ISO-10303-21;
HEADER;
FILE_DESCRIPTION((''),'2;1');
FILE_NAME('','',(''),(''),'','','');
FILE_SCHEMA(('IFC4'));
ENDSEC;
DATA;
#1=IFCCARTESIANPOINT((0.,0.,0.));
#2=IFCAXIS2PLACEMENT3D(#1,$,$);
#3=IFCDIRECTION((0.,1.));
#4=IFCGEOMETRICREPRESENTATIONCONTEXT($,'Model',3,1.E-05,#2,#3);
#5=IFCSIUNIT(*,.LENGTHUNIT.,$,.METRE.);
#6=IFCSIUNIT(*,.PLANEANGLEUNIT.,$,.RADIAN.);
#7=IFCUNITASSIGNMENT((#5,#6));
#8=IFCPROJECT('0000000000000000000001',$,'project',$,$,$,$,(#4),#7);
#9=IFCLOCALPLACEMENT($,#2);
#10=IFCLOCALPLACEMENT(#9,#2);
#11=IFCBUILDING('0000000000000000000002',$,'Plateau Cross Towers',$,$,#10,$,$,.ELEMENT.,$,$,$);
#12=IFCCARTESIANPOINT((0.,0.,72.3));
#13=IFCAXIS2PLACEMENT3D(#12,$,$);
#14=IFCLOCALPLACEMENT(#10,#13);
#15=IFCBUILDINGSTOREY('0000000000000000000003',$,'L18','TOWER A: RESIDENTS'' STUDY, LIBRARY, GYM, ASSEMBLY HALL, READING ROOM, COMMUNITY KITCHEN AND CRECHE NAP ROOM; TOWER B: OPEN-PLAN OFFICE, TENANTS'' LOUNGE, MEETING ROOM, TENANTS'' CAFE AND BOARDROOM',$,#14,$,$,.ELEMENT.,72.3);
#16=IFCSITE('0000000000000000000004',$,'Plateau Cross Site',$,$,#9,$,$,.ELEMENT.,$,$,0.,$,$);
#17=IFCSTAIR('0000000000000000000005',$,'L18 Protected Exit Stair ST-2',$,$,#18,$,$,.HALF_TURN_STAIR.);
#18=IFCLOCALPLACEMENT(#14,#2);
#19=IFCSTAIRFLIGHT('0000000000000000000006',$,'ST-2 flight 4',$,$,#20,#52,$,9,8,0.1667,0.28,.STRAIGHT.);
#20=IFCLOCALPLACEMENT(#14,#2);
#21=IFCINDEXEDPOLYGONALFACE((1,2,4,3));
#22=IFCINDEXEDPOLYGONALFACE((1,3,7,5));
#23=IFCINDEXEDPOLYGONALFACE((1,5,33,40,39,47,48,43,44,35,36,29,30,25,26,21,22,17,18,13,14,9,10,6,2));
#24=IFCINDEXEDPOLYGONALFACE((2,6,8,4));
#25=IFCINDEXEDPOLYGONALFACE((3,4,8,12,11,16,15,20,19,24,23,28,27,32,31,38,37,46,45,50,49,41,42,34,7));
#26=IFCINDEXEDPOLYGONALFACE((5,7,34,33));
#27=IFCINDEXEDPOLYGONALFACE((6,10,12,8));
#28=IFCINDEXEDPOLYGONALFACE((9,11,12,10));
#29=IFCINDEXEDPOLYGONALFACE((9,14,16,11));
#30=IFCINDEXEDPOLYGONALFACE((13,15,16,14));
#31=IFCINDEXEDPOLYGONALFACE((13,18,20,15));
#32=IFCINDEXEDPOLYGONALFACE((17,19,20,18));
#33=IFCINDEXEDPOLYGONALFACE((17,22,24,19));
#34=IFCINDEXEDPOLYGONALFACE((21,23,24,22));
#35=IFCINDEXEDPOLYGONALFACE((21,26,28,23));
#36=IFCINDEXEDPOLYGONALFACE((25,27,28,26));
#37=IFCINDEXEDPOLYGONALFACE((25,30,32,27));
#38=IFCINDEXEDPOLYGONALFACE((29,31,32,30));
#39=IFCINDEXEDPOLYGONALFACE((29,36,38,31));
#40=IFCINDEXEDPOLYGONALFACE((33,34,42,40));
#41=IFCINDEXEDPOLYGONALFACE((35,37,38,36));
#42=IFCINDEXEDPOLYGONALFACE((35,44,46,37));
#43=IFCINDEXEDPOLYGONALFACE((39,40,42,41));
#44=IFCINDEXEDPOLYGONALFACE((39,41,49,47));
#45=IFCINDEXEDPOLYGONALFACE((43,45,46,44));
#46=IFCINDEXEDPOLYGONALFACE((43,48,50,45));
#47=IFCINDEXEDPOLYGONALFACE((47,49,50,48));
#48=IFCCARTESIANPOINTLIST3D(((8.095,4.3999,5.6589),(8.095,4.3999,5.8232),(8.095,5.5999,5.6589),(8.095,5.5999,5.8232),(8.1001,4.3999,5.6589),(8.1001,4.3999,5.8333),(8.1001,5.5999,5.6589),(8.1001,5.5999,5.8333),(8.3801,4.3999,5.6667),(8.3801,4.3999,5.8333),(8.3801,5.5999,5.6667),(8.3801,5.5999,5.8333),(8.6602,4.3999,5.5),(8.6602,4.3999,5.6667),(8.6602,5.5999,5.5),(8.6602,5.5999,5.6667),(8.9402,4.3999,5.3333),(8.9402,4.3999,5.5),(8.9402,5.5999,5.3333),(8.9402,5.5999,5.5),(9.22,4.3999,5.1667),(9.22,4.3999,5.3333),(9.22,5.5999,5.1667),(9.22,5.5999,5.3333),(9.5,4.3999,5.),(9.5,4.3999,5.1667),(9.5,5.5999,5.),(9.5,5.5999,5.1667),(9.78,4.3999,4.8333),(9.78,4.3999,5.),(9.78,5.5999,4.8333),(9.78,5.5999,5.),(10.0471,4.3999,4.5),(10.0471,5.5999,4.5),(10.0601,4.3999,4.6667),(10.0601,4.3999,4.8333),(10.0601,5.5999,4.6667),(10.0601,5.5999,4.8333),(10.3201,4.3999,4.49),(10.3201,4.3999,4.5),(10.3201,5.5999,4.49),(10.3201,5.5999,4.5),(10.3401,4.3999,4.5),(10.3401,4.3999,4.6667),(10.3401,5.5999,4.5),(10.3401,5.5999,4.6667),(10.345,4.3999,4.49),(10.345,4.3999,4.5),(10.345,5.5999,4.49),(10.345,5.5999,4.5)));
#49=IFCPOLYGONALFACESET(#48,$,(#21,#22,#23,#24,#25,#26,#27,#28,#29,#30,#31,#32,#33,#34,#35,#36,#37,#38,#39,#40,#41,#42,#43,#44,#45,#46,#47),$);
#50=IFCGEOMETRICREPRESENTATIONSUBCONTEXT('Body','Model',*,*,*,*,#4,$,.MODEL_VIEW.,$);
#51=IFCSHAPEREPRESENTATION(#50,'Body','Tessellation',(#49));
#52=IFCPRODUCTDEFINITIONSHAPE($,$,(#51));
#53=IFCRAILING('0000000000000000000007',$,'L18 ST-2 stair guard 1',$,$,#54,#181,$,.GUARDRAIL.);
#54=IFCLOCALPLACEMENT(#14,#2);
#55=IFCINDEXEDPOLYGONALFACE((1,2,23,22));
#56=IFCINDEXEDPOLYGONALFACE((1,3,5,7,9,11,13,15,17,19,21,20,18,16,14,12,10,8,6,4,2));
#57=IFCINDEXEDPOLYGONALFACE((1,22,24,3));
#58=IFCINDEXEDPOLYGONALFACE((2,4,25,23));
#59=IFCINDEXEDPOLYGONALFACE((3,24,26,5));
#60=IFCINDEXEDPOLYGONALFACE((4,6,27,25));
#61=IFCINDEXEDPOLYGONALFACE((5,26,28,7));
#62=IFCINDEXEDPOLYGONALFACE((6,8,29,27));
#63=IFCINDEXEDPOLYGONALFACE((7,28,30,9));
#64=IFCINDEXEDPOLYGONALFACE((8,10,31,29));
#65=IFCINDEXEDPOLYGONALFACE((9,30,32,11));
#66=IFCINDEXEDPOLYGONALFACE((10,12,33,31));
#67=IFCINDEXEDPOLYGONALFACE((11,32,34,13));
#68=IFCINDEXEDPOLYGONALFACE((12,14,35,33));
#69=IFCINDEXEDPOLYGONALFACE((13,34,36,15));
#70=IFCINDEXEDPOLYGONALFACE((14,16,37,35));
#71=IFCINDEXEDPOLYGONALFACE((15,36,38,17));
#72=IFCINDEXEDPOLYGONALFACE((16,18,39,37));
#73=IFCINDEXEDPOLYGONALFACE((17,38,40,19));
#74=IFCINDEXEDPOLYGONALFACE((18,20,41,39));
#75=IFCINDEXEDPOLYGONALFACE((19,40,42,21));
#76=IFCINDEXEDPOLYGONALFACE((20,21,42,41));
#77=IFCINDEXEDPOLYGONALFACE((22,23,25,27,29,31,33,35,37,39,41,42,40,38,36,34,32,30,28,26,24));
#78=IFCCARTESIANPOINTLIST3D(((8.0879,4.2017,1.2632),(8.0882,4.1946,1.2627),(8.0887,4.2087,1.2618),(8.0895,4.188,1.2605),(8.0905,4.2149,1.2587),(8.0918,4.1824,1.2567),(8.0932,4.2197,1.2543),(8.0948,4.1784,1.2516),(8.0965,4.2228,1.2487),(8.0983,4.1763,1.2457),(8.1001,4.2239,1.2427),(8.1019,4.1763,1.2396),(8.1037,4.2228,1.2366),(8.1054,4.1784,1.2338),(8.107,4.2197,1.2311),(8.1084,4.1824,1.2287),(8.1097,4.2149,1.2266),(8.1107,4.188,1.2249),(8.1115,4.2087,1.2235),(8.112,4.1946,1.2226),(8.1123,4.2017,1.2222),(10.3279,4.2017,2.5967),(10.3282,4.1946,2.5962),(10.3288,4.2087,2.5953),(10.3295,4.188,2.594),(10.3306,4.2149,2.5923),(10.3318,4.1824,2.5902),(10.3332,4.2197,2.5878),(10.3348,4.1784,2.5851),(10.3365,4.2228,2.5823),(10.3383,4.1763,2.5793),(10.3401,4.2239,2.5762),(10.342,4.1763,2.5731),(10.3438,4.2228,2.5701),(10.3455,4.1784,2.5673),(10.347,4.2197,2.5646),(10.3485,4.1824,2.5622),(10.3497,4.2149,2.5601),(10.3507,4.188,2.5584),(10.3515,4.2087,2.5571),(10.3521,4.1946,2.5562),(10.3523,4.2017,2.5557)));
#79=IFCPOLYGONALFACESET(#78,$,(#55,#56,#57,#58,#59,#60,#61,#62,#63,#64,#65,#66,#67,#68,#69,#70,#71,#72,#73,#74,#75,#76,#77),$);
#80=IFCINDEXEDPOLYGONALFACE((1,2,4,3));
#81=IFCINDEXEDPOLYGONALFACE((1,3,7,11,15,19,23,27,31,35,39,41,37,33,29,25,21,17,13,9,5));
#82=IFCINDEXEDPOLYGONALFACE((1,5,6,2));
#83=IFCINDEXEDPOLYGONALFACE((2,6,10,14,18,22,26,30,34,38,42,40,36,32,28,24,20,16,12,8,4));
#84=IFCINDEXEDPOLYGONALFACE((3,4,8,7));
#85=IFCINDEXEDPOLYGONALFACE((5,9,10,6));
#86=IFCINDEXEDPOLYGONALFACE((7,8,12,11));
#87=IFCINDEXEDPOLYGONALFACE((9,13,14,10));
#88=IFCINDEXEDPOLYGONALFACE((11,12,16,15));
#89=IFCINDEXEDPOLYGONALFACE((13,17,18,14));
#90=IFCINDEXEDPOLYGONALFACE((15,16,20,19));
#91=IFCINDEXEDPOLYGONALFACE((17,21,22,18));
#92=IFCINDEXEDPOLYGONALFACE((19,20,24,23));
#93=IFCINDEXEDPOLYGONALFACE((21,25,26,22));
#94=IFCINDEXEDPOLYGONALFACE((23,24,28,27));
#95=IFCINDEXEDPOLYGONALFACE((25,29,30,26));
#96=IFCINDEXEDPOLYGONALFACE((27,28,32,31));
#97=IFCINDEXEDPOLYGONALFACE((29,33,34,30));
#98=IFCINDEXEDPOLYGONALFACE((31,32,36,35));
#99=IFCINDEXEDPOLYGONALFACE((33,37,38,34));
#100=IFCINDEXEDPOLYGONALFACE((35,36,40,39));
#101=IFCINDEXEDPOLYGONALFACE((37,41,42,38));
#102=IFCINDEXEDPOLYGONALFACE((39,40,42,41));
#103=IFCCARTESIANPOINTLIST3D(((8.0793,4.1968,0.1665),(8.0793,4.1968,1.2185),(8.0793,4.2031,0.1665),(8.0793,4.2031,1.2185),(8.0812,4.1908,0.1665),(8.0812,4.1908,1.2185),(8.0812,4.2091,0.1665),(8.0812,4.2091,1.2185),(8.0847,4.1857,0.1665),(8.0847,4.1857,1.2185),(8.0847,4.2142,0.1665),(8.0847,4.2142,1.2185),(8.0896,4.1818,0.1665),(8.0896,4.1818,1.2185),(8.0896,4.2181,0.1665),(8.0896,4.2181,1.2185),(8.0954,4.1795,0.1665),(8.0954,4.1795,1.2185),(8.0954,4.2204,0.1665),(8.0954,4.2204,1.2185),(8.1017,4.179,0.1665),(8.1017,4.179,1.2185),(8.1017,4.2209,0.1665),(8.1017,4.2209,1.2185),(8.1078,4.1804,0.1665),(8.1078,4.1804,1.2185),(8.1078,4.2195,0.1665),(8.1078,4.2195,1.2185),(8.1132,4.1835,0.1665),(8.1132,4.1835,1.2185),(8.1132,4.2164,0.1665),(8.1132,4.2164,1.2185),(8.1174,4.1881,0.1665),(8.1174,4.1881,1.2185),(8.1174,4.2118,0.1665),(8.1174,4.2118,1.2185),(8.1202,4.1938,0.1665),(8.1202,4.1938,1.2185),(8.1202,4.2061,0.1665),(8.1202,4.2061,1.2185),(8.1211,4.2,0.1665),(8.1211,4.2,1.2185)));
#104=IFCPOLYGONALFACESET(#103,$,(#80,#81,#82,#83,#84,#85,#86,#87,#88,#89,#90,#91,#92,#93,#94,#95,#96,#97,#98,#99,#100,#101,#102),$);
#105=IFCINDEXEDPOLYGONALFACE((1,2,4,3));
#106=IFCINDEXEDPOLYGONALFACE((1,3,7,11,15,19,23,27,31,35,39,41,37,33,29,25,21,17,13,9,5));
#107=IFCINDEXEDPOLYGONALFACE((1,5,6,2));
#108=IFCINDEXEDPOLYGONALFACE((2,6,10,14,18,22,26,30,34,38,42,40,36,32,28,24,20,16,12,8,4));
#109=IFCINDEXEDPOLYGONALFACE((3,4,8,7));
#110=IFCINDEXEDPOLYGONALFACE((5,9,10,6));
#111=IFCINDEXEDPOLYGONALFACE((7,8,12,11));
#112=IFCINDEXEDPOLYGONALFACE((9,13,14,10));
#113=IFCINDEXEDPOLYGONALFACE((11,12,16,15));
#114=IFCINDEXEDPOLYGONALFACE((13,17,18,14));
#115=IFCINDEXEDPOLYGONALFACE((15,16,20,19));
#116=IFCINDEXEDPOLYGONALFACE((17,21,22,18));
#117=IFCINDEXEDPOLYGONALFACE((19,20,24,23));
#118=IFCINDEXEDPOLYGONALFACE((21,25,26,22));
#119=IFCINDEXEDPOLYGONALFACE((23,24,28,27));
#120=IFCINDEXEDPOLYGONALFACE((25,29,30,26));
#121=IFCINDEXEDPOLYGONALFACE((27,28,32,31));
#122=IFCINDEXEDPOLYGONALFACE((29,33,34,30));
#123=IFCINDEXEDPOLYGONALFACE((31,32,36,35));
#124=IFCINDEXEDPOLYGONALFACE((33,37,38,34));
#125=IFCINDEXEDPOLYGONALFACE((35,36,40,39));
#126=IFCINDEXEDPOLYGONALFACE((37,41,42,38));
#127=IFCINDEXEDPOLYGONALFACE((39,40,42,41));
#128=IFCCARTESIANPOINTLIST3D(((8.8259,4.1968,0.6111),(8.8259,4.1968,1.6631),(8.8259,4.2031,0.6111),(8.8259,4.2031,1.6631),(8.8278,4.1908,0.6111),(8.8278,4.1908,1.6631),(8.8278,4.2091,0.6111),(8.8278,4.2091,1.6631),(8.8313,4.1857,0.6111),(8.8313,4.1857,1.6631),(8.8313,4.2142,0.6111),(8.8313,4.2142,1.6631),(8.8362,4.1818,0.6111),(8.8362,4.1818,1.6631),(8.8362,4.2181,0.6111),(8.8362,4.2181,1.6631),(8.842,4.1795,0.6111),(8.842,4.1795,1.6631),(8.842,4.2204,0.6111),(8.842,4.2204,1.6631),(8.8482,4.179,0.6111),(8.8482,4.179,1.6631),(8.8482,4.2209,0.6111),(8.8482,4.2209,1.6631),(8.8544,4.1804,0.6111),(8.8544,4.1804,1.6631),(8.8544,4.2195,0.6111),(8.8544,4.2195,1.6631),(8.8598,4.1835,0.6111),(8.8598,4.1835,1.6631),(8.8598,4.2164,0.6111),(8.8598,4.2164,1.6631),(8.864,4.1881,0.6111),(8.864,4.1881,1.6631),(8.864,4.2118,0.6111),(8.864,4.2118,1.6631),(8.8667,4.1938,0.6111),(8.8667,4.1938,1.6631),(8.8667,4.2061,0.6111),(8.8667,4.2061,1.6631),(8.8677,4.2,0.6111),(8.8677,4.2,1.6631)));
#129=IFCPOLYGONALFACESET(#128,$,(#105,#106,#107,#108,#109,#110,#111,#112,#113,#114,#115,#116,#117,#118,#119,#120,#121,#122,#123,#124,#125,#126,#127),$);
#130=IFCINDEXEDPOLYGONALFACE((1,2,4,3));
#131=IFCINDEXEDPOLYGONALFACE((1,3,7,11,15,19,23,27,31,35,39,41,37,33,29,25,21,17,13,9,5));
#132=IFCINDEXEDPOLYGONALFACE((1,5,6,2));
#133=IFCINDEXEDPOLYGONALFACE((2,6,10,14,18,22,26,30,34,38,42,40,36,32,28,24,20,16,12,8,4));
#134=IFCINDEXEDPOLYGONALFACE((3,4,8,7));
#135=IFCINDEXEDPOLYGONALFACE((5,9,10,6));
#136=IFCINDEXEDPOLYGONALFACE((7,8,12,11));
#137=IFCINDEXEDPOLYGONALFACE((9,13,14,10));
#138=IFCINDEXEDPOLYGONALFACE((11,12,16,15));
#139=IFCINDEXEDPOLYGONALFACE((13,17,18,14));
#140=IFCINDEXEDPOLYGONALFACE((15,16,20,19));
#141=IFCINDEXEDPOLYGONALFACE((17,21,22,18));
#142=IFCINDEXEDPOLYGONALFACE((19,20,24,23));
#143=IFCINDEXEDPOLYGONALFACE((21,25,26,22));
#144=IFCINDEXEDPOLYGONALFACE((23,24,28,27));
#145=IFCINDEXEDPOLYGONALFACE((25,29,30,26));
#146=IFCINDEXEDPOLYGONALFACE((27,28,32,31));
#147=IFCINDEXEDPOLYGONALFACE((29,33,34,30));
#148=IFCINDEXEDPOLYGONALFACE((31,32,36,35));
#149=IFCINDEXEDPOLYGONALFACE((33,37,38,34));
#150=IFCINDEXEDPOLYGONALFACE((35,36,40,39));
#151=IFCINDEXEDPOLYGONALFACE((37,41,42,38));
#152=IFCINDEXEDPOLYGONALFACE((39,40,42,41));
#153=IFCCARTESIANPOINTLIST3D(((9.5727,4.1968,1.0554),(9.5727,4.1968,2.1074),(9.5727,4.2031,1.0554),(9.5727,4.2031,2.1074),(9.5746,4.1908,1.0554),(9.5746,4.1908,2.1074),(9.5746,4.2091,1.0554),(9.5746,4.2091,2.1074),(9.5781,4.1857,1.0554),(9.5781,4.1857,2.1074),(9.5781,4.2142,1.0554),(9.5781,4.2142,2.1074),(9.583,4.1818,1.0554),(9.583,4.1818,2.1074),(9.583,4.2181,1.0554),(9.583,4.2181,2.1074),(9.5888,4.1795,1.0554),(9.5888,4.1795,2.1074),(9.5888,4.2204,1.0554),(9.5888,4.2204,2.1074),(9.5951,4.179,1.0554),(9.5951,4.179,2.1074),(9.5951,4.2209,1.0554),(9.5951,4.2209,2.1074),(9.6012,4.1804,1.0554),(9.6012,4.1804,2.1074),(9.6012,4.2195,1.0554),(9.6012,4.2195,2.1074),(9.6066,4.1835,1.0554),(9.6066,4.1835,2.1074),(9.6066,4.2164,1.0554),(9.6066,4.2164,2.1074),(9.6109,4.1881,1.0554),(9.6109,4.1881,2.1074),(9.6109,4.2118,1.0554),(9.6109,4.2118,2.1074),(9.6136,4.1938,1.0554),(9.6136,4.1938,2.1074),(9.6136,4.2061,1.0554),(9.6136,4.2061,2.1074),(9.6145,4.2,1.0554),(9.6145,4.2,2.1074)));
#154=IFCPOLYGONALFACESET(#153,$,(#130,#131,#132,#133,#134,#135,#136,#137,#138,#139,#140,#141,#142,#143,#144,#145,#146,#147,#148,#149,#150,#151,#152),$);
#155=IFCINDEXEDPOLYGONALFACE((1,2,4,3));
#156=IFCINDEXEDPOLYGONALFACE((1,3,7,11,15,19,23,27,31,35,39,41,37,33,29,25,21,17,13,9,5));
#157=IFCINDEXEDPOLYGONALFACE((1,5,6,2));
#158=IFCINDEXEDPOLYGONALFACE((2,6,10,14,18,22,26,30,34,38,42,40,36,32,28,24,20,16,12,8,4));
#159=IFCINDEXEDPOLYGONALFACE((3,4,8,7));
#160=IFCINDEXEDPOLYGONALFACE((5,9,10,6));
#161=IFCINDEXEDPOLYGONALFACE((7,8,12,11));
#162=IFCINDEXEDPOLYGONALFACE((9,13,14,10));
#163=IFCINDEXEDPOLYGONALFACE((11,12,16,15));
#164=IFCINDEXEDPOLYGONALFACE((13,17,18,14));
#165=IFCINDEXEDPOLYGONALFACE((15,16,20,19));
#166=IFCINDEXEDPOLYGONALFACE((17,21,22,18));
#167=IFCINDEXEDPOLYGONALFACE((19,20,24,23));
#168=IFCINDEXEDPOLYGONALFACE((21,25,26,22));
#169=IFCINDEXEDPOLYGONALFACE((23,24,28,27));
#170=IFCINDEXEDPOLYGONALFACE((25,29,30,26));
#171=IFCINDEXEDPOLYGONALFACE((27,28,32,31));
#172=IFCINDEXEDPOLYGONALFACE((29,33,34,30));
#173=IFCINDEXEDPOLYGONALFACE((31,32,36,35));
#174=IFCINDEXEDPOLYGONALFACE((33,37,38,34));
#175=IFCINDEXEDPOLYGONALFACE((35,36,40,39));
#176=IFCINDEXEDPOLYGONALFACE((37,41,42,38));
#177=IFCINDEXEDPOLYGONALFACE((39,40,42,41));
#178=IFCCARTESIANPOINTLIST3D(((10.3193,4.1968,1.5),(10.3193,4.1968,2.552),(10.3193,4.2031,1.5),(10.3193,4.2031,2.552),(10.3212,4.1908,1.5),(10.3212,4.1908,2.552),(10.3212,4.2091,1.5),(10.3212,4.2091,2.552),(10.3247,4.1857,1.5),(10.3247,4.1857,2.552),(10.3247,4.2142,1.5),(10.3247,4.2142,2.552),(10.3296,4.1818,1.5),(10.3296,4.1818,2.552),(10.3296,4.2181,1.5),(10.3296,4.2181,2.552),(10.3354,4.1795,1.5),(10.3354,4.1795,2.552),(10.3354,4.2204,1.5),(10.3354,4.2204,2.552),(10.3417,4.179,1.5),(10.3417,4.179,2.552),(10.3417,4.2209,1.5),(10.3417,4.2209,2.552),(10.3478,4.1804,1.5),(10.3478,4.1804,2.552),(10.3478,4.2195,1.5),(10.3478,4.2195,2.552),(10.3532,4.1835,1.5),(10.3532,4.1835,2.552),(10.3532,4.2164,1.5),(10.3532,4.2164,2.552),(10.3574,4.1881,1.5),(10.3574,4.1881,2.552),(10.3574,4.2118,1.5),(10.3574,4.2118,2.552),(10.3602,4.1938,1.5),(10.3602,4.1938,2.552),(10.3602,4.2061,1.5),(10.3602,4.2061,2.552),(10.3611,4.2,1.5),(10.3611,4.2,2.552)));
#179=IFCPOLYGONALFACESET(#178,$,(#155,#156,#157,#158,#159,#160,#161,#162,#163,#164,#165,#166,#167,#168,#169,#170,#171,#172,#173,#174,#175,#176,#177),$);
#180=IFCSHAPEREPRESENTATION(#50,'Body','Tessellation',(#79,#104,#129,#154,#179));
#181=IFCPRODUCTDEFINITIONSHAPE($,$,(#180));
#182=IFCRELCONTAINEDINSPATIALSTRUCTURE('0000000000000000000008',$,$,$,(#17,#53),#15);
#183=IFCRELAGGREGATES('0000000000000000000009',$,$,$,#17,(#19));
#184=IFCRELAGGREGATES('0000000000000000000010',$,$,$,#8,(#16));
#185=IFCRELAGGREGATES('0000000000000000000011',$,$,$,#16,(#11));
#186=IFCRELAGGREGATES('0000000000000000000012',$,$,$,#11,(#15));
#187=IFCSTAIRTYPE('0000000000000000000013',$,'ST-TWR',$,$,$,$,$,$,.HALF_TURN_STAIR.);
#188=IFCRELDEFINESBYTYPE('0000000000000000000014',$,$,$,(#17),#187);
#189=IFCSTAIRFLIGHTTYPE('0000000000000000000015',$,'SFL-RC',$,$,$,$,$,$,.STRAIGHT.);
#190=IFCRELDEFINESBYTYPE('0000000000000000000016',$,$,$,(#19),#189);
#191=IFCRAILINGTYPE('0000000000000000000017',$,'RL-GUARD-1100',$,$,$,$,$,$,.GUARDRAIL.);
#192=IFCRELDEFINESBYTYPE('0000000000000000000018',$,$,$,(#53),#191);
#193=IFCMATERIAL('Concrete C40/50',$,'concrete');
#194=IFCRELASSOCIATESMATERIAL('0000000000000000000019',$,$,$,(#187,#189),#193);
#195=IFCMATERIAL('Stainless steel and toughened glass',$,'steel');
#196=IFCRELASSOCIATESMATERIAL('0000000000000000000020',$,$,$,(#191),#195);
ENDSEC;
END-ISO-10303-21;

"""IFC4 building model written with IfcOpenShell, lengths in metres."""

from ifc_helpers import new_model, si_unit, direction, frame, origin, origin_2d, place, context, subcontext, project, spatial, polyline, circle, outline, extrude, material, type_object, element, aggregate, save


model = new_model("IFC4")

# Units and contexts
model_context = context("Model", 3, precision=1e-05, world=origin(), true_north=direction((0.0, 1.0)))
body_context = subcontext(model_context, "Body", "Model", "MODEL_VIEW")
ifc_project = project(units=[si_unit("LENGTHUNIT", "METRE"), si_unit("PLANEANGLEUNIT", "RADIAN")], contexts=[model_context])

# Site, building, storey
site_placement = place(None, origin())
site = spatial("IfcSite", under=ifc_project, at=site_placement, Name="Plateau Cross Site", CompositionType="ELEMENT", RefElevation=0.0)
building_placement = place(site_placement, origin())
building = spatial("IfcBuilding", under=site, at=building_placement, Name="Plateau Cross Towers", CompositionType="ELEMENT")
storey_placement = place(building_placement, frame((0.0, 0.0, 72.3)))
storey = spatial("IfcBuildingStorey", under=building, at=storey_placement, Name="L18", Description="TOWER A: RESIDENTS' STUDY, LIBRARY, GYM, ASSEMBLY HALL, READING ROOM, COMMUNITY KITCHEN AND CRECHE NAP ROOM; TOWER B: OPEN-PLAN OFFICE, TENANTS' LOUNGE, MEETING ROOM, TENANTS' CAFE AND BOARDROOM", CompositionType="ELEMENT", Elevation=72.3)

# Stair, stair flight
ifc_material_1 = material(Name="Concrete C40/50", Category="concrete")
stair_type = type_object("IfcStairType", Name="ST-TWR", PredefinedType="HALF_TURN_STAIR", material=ifc_material_1)
stair_placement = place(storey_placement, origin())
stair = element("IfcStair", 1, at=stair_placement, inside=storey, type_object=stair_type, Name="L18 Protected Exit Stair ST-2", PredefinedType="HALF_TURN_STAIR")
stair_flight_type = type_object("IfcStairFlightType", Name="SFL-RC", PredefinedType="STRAIGHT", material=ifc_material_1)
stair_flight_1_placement = place(storey_placement, frame((10.3401, 5.0, 4.5), z_axis=(0.0, 0.0, 1.0), x_axis=(-1.0, 0.0, 0.0)))
stair_flight_1 = element("IfcStairFlight", 2, at=stair_flight_1_placement, type_object=stair_flight_type, Name="ST-2 flight 4", NumberOfRisers=9, NumberOfTreads=8, PredefinedType="STRAIGHT", RiserHeight=0.1667, TreadLength=0.28, context=body_context, shape_type="SweptSolid", body=[
    extrude(outline(polyline([(-0.0049, -0.01), (-0.0049, 0.0), (0.0, 0.0), (0.0, 0.1667), (0.28, 0.1667), (0.28, 0.3333), (0.5601, 0.3333), (0.5601, 0.5), (0.8401, 0.5), (0.8401, 0.6667), (1.1201, 0.6667), (1.1201, 0.8333), (1.3999, 0.8333), (1.3999, 1.0), (1.6799, 1.0), (1.6799, 1.1667), (1.96, 1.1667), (1.96, 1.3333), (2.24, 1.3333), (2.2451, 1.3232), (2.2451, 1.1589), (2.24, 1.1589), (0.293, 0.0), (0.02, 0.0), (0.02, -0.01), (-0.0049, -0.01)])), frame((0.0, 0.6001, 0.0), z_axis=(0.0, -1.0, 0.0), x_axis=(1.0, 0.0, 0.0)), (0.0, 0.0, 1.0), 1.2),
])
aggregate(stair, [stair_flight_1])

# Railing
ifc_material_2 = material(Name="Stainless steel and toughened glass", Category="steel")
railing_type_1 = type_object("IfcRailingType", Name="RL-GUARD-1100", PredefinedType="GUARDRAIL", material=ifc_material_2)
railing_1_placement = place(storey_placement, frame((8.1001, 4.2, 0.1665)))
element("IfcRailing", 3, at=railing_1_placement, inside=storey, type_object=railing_type_1, Name="L18 ST-2 stair guard 1", PredefinedType="GUARDRAIL", context=body_context, shape_type="SweptSolid", body=[
    extrude(circle(Radius=0.0239, at=origin_2d()), frame((0.0, 0.0, 1.0762), z_axis=(0.859264, 0.0, 0.511532), x_axis=(0.0, 1.0, 0.0)), (0.0, 0.0, 1.0), 2.6069),
    extrude(circle(Radius=0.021, at=origin_2d()), origin(), (0.0, 0.0, 1.0), 1.052),
    extrude(circle(Radius=0.021, at=origin_2d()), frame((0.7466, 0.0, 0.4446)), (0.0, 0.0, 1.0), 1.052),
    extrude(circle(Radius=0.021, at=origin_2d()), frame((1.4934, 0.0, 0.8889)), (0.0, 0.0, 1.0), 1.052),
    extrude(circle(Radius=0.021, at=origin_2d()), frame((2.24, 0.0, 1.3335)), (0.0, 0.0, 1.0), 1.052),
])

save(model, "model.ifc")
